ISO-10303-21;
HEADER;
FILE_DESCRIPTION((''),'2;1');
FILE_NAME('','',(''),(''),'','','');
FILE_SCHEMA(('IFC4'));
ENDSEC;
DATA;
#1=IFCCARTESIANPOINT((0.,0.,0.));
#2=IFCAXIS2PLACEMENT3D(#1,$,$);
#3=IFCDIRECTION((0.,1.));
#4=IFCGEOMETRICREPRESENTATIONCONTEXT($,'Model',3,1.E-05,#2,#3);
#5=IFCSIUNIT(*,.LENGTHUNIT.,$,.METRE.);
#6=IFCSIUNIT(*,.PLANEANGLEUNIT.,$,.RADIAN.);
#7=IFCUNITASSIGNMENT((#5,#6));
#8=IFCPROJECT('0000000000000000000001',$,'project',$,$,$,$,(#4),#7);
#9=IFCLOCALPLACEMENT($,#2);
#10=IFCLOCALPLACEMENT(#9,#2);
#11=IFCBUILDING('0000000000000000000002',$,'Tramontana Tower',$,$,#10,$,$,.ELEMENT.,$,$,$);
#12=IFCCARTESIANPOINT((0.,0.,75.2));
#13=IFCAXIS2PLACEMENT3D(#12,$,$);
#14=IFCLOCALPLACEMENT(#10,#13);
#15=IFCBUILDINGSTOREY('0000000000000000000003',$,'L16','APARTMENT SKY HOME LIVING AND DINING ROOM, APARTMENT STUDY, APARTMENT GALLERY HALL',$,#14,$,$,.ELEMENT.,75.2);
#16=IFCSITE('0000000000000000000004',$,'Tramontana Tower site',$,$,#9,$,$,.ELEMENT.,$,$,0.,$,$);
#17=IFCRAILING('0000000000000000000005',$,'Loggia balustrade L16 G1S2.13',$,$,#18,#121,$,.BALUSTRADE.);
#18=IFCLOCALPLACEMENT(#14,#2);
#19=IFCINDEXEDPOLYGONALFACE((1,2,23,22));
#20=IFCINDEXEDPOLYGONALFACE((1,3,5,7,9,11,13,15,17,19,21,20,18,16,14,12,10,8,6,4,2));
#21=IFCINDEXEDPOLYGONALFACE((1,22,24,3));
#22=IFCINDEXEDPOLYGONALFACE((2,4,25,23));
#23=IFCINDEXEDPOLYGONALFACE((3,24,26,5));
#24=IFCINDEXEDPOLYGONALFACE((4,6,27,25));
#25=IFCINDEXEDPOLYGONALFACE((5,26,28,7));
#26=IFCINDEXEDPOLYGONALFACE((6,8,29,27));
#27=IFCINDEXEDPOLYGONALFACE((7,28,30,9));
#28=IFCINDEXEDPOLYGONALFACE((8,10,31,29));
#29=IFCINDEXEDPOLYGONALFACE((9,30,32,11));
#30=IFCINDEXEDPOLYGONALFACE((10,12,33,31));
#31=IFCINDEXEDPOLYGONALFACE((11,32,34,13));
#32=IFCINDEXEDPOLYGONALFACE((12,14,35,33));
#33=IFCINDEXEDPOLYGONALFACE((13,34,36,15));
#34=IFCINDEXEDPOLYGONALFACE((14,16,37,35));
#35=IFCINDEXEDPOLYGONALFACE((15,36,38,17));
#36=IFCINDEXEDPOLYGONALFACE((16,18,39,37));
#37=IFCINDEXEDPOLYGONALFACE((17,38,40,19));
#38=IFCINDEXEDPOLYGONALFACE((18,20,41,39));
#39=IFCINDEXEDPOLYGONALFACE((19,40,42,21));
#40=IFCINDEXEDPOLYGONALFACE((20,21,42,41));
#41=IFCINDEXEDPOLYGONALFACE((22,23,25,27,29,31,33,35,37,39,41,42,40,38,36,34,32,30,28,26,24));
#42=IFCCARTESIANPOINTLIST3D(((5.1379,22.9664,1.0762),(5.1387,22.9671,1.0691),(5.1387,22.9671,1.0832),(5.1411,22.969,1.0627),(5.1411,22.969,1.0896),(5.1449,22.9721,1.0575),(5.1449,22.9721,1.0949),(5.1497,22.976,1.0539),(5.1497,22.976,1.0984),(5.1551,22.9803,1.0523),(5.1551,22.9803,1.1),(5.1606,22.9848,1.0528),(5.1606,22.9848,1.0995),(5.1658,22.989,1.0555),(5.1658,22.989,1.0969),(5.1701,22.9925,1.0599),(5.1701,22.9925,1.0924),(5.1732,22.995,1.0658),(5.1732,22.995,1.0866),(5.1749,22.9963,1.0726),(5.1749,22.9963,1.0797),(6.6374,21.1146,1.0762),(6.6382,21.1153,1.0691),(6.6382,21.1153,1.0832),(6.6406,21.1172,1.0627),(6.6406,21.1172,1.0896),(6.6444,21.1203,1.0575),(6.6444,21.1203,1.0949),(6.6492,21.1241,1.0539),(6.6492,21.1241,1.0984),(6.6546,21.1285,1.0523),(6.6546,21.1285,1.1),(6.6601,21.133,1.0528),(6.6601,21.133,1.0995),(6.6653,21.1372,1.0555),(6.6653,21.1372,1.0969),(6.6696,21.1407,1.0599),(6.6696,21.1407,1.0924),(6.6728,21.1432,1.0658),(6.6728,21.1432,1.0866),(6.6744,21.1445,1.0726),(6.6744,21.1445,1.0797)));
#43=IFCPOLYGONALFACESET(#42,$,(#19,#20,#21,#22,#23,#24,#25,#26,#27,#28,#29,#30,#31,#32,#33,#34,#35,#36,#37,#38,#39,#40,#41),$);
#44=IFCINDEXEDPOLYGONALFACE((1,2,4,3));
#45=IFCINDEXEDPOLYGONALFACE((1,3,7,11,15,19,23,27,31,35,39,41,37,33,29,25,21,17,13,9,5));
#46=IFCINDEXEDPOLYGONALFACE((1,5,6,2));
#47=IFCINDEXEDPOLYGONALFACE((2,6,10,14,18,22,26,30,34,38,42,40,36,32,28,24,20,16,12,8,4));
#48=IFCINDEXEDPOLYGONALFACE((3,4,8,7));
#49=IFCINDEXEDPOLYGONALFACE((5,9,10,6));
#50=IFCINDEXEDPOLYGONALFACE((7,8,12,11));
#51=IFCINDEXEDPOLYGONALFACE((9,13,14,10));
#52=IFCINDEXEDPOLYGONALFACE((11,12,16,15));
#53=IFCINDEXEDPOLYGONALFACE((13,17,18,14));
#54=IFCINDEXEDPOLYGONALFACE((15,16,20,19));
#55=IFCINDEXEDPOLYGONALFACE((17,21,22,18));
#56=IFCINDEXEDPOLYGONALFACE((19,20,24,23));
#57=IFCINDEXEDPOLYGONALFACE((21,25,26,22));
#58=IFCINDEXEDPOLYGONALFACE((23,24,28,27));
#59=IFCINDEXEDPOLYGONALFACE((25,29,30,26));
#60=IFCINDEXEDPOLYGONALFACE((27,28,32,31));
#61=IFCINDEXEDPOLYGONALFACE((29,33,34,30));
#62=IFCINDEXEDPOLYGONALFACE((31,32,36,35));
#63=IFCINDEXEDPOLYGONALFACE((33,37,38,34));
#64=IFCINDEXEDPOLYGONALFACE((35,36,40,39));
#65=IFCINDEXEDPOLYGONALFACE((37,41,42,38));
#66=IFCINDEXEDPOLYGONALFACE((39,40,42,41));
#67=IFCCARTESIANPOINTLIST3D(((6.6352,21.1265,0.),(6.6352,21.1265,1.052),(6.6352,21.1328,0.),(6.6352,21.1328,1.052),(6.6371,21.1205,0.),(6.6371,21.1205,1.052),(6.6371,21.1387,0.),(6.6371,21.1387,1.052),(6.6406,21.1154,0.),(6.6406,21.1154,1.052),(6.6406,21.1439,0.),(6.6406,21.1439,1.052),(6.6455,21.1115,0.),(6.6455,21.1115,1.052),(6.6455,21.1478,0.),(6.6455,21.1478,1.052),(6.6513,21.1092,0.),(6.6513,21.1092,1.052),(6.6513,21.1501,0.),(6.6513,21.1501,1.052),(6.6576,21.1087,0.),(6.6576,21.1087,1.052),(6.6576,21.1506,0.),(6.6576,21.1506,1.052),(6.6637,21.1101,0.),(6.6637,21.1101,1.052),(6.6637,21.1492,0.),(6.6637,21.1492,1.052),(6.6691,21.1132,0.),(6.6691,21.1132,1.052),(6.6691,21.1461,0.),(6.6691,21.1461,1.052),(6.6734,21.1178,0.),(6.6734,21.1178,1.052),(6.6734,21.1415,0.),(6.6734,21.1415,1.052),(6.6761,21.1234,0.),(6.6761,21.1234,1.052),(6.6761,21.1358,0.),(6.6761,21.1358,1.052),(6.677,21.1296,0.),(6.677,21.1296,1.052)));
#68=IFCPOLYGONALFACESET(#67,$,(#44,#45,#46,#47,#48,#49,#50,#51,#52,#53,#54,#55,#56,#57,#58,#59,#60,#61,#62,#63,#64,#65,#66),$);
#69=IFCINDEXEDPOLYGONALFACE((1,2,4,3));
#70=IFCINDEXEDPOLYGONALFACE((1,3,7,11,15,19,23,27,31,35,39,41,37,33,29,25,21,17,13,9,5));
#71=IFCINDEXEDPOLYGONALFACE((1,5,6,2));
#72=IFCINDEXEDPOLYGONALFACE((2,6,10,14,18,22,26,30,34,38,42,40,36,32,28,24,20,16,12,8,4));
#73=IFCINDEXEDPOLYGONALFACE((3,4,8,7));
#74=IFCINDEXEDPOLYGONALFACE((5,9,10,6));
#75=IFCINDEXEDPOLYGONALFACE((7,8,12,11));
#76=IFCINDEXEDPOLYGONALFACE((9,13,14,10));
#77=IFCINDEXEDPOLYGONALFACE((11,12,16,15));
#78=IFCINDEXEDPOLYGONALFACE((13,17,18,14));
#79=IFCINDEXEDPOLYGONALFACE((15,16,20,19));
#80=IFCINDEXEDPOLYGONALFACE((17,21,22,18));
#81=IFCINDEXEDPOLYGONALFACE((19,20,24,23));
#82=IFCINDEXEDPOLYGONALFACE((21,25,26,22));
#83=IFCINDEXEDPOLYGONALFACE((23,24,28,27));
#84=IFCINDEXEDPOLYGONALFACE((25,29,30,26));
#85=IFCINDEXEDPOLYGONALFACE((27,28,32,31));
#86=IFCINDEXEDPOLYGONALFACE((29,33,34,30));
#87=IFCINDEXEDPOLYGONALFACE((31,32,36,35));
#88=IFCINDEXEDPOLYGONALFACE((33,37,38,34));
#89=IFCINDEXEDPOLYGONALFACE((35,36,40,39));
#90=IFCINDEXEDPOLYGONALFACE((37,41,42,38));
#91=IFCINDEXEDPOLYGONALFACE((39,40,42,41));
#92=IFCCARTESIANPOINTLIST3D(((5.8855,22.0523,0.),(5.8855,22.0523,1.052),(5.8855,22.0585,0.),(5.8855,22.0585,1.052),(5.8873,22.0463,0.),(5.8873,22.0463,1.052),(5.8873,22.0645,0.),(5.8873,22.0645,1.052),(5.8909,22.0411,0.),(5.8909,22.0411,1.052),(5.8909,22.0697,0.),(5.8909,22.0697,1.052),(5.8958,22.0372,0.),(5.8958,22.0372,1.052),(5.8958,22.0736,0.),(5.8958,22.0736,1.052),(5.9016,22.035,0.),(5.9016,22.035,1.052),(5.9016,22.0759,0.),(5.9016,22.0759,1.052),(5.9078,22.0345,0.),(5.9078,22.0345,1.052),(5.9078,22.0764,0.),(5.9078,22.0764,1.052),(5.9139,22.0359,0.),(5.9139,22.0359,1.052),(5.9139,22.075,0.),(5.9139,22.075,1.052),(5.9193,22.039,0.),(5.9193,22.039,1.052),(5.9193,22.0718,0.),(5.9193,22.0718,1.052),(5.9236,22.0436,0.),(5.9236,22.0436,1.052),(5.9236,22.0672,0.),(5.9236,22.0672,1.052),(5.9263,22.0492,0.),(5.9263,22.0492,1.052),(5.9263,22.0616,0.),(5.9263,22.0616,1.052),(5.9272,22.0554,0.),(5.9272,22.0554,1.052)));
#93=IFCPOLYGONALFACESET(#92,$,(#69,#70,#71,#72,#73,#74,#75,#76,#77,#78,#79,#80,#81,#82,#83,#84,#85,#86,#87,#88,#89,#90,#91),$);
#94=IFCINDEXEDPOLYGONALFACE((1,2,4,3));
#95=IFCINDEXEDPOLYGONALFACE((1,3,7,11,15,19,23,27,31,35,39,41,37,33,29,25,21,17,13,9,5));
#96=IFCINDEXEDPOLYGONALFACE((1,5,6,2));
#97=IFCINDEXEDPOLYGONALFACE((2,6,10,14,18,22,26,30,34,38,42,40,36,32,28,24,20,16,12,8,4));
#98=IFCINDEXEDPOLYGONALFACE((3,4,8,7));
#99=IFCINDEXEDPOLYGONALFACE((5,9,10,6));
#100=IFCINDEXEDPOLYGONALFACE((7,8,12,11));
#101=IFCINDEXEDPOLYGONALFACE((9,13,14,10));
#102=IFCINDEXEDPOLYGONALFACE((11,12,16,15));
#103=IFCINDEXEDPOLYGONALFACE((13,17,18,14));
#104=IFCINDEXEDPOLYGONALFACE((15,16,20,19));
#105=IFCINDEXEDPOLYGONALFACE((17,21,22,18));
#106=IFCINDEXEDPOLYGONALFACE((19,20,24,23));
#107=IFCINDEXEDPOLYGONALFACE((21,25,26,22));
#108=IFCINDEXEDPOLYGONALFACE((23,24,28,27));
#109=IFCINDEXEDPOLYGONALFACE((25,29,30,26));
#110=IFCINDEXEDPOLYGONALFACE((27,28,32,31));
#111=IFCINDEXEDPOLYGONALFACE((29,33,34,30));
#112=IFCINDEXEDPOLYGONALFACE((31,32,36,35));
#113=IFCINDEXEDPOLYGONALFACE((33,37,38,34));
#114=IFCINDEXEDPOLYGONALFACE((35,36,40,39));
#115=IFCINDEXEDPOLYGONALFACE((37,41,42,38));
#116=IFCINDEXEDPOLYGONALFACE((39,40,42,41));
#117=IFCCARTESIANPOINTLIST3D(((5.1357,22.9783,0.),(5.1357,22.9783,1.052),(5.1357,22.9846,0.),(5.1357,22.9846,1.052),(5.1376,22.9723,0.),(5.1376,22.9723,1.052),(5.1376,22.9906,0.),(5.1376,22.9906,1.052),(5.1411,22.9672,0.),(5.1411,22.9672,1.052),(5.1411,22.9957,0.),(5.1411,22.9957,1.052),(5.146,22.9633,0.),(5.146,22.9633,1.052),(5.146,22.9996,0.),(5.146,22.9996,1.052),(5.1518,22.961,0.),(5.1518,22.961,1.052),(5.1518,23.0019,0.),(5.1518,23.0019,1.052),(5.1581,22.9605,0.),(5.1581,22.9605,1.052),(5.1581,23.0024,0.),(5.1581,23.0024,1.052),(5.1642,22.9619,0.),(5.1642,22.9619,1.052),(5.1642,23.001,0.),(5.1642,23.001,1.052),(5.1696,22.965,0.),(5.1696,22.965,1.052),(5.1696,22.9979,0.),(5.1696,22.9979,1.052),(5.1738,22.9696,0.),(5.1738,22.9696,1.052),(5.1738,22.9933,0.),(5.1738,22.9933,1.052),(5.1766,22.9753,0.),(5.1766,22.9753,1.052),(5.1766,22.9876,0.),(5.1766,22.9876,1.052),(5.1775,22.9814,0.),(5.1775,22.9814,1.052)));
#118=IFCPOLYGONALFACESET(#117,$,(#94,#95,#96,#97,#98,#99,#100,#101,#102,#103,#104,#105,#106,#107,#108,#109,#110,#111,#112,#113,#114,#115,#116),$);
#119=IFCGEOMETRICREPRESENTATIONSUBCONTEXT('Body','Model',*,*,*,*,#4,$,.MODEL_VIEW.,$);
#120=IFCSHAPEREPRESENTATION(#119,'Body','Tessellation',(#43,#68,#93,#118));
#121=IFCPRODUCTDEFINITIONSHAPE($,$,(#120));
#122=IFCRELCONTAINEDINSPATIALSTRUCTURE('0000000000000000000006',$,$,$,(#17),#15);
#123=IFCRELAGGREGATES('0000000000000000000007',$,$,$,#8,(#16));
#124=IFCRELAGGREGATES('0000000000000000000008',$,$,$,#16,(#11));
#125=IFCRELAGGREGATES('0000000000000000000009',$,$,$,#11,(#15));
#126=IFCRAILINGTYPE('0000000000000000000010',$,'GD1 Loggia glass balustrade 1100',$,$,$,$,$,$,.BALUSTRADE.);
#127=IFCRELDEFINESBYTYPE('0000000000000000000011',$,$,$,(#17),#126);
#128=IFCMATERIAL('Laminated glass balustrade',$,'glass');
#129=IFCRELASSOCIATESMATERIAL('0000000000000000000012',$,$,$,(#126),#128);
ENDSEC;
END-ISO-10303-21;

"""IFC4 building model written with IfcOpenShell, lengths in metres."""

from ifc_helpers import new_model, si_unit, direction, frame, origin, origin_2d, place, context, subcontext, project, spatial, circle, extrude, material, type_object, element, save


model = new_model("IFC4")

# Units and contexts
model_context = context("Model", 3, precision=1e-05, world=origin(), true_north=direction((0.0, 1.0)))
body_context = subcontext(model_context, "Body", "Model", "MODEL_VIEW")
ifc_project = project(units=[si_unit("LENGTHUNIT", "METRE"), si_unit("PLANEANGLEUNIT", "RADIAN")], contexts=[model_context])

# Site, building, storey
site_placement = place(None, origin())
site = spatial("IfcSite", under=ifc_project, at=site_placement, Name="Tramontana Tower site", CompositionType="ELEMENT", RefElevation=0.0)
building_placement = place(site_placement, origin())
building = spatial("IfcBuilding", under=site, at=building_placement, Name="Tramontana Tower", CompositionType="ELEMENT")
storey_placement = place(building_placement, frame((0.0, 0.0, 75.2)))
storey = spatial("IfcBuildingStorey", under=building, at=storey_placement, Name="L16", Description="APARTMENT SKY HOME LIVING AND DINING ROOM, APARTMENT STUDY, APARTMENT GALLERY HALL", CompositionType="ELEMENT", Elevation=75.2)

# Railing
ifc_material_1 = material(Name="Laminated glass balustrade", Category="glass")
railing_type = type_object("IfcRailingType", Name="GD1 Loggia glass balustrade 1100", PredefinedType="BALUSTRADE", material=ifc_material_1)
railing_1_placement = place(storey_placement, frame((6.656, 21.1296, 0.0)))
element("IfcRailing", 1, at=railing_1_placement, inside=storey, type_object=railing_type, Name="Loggia balustrade L16 G1S2.13", PredefinedType="BALUSTRADE", context=body_context, shape_type="SweptSolid", body=[
    extrude(circle(Radius=0.0239, at=origin_2d()), frame((0.0, 0.0, 1.0762), z_axis=(-0.629307, 0.777157, 0.0), x_axis=(-0.777157, -0.629307, 0.0)), (0.0, 0.0, 1.0), 2.3828),
    extrude(circle(Radius=0.021, at=origin_2d()), origin(), (0.0, 0.0, 1.0), 1.052),
    extrude(circle(Radius=0.021, at=origin_2d()), frame((-0.7498, 0.9258, 0.0)), (0.0, 0.0, 1.0), 1.052),
    extrude(circle(Radius=0.021, at=origin_2d()), frame((-1.4995, 1.8518, 0.0)), (0.0, 0.0, 1.0), 1.052),
])

save(model, "model.ifc")
